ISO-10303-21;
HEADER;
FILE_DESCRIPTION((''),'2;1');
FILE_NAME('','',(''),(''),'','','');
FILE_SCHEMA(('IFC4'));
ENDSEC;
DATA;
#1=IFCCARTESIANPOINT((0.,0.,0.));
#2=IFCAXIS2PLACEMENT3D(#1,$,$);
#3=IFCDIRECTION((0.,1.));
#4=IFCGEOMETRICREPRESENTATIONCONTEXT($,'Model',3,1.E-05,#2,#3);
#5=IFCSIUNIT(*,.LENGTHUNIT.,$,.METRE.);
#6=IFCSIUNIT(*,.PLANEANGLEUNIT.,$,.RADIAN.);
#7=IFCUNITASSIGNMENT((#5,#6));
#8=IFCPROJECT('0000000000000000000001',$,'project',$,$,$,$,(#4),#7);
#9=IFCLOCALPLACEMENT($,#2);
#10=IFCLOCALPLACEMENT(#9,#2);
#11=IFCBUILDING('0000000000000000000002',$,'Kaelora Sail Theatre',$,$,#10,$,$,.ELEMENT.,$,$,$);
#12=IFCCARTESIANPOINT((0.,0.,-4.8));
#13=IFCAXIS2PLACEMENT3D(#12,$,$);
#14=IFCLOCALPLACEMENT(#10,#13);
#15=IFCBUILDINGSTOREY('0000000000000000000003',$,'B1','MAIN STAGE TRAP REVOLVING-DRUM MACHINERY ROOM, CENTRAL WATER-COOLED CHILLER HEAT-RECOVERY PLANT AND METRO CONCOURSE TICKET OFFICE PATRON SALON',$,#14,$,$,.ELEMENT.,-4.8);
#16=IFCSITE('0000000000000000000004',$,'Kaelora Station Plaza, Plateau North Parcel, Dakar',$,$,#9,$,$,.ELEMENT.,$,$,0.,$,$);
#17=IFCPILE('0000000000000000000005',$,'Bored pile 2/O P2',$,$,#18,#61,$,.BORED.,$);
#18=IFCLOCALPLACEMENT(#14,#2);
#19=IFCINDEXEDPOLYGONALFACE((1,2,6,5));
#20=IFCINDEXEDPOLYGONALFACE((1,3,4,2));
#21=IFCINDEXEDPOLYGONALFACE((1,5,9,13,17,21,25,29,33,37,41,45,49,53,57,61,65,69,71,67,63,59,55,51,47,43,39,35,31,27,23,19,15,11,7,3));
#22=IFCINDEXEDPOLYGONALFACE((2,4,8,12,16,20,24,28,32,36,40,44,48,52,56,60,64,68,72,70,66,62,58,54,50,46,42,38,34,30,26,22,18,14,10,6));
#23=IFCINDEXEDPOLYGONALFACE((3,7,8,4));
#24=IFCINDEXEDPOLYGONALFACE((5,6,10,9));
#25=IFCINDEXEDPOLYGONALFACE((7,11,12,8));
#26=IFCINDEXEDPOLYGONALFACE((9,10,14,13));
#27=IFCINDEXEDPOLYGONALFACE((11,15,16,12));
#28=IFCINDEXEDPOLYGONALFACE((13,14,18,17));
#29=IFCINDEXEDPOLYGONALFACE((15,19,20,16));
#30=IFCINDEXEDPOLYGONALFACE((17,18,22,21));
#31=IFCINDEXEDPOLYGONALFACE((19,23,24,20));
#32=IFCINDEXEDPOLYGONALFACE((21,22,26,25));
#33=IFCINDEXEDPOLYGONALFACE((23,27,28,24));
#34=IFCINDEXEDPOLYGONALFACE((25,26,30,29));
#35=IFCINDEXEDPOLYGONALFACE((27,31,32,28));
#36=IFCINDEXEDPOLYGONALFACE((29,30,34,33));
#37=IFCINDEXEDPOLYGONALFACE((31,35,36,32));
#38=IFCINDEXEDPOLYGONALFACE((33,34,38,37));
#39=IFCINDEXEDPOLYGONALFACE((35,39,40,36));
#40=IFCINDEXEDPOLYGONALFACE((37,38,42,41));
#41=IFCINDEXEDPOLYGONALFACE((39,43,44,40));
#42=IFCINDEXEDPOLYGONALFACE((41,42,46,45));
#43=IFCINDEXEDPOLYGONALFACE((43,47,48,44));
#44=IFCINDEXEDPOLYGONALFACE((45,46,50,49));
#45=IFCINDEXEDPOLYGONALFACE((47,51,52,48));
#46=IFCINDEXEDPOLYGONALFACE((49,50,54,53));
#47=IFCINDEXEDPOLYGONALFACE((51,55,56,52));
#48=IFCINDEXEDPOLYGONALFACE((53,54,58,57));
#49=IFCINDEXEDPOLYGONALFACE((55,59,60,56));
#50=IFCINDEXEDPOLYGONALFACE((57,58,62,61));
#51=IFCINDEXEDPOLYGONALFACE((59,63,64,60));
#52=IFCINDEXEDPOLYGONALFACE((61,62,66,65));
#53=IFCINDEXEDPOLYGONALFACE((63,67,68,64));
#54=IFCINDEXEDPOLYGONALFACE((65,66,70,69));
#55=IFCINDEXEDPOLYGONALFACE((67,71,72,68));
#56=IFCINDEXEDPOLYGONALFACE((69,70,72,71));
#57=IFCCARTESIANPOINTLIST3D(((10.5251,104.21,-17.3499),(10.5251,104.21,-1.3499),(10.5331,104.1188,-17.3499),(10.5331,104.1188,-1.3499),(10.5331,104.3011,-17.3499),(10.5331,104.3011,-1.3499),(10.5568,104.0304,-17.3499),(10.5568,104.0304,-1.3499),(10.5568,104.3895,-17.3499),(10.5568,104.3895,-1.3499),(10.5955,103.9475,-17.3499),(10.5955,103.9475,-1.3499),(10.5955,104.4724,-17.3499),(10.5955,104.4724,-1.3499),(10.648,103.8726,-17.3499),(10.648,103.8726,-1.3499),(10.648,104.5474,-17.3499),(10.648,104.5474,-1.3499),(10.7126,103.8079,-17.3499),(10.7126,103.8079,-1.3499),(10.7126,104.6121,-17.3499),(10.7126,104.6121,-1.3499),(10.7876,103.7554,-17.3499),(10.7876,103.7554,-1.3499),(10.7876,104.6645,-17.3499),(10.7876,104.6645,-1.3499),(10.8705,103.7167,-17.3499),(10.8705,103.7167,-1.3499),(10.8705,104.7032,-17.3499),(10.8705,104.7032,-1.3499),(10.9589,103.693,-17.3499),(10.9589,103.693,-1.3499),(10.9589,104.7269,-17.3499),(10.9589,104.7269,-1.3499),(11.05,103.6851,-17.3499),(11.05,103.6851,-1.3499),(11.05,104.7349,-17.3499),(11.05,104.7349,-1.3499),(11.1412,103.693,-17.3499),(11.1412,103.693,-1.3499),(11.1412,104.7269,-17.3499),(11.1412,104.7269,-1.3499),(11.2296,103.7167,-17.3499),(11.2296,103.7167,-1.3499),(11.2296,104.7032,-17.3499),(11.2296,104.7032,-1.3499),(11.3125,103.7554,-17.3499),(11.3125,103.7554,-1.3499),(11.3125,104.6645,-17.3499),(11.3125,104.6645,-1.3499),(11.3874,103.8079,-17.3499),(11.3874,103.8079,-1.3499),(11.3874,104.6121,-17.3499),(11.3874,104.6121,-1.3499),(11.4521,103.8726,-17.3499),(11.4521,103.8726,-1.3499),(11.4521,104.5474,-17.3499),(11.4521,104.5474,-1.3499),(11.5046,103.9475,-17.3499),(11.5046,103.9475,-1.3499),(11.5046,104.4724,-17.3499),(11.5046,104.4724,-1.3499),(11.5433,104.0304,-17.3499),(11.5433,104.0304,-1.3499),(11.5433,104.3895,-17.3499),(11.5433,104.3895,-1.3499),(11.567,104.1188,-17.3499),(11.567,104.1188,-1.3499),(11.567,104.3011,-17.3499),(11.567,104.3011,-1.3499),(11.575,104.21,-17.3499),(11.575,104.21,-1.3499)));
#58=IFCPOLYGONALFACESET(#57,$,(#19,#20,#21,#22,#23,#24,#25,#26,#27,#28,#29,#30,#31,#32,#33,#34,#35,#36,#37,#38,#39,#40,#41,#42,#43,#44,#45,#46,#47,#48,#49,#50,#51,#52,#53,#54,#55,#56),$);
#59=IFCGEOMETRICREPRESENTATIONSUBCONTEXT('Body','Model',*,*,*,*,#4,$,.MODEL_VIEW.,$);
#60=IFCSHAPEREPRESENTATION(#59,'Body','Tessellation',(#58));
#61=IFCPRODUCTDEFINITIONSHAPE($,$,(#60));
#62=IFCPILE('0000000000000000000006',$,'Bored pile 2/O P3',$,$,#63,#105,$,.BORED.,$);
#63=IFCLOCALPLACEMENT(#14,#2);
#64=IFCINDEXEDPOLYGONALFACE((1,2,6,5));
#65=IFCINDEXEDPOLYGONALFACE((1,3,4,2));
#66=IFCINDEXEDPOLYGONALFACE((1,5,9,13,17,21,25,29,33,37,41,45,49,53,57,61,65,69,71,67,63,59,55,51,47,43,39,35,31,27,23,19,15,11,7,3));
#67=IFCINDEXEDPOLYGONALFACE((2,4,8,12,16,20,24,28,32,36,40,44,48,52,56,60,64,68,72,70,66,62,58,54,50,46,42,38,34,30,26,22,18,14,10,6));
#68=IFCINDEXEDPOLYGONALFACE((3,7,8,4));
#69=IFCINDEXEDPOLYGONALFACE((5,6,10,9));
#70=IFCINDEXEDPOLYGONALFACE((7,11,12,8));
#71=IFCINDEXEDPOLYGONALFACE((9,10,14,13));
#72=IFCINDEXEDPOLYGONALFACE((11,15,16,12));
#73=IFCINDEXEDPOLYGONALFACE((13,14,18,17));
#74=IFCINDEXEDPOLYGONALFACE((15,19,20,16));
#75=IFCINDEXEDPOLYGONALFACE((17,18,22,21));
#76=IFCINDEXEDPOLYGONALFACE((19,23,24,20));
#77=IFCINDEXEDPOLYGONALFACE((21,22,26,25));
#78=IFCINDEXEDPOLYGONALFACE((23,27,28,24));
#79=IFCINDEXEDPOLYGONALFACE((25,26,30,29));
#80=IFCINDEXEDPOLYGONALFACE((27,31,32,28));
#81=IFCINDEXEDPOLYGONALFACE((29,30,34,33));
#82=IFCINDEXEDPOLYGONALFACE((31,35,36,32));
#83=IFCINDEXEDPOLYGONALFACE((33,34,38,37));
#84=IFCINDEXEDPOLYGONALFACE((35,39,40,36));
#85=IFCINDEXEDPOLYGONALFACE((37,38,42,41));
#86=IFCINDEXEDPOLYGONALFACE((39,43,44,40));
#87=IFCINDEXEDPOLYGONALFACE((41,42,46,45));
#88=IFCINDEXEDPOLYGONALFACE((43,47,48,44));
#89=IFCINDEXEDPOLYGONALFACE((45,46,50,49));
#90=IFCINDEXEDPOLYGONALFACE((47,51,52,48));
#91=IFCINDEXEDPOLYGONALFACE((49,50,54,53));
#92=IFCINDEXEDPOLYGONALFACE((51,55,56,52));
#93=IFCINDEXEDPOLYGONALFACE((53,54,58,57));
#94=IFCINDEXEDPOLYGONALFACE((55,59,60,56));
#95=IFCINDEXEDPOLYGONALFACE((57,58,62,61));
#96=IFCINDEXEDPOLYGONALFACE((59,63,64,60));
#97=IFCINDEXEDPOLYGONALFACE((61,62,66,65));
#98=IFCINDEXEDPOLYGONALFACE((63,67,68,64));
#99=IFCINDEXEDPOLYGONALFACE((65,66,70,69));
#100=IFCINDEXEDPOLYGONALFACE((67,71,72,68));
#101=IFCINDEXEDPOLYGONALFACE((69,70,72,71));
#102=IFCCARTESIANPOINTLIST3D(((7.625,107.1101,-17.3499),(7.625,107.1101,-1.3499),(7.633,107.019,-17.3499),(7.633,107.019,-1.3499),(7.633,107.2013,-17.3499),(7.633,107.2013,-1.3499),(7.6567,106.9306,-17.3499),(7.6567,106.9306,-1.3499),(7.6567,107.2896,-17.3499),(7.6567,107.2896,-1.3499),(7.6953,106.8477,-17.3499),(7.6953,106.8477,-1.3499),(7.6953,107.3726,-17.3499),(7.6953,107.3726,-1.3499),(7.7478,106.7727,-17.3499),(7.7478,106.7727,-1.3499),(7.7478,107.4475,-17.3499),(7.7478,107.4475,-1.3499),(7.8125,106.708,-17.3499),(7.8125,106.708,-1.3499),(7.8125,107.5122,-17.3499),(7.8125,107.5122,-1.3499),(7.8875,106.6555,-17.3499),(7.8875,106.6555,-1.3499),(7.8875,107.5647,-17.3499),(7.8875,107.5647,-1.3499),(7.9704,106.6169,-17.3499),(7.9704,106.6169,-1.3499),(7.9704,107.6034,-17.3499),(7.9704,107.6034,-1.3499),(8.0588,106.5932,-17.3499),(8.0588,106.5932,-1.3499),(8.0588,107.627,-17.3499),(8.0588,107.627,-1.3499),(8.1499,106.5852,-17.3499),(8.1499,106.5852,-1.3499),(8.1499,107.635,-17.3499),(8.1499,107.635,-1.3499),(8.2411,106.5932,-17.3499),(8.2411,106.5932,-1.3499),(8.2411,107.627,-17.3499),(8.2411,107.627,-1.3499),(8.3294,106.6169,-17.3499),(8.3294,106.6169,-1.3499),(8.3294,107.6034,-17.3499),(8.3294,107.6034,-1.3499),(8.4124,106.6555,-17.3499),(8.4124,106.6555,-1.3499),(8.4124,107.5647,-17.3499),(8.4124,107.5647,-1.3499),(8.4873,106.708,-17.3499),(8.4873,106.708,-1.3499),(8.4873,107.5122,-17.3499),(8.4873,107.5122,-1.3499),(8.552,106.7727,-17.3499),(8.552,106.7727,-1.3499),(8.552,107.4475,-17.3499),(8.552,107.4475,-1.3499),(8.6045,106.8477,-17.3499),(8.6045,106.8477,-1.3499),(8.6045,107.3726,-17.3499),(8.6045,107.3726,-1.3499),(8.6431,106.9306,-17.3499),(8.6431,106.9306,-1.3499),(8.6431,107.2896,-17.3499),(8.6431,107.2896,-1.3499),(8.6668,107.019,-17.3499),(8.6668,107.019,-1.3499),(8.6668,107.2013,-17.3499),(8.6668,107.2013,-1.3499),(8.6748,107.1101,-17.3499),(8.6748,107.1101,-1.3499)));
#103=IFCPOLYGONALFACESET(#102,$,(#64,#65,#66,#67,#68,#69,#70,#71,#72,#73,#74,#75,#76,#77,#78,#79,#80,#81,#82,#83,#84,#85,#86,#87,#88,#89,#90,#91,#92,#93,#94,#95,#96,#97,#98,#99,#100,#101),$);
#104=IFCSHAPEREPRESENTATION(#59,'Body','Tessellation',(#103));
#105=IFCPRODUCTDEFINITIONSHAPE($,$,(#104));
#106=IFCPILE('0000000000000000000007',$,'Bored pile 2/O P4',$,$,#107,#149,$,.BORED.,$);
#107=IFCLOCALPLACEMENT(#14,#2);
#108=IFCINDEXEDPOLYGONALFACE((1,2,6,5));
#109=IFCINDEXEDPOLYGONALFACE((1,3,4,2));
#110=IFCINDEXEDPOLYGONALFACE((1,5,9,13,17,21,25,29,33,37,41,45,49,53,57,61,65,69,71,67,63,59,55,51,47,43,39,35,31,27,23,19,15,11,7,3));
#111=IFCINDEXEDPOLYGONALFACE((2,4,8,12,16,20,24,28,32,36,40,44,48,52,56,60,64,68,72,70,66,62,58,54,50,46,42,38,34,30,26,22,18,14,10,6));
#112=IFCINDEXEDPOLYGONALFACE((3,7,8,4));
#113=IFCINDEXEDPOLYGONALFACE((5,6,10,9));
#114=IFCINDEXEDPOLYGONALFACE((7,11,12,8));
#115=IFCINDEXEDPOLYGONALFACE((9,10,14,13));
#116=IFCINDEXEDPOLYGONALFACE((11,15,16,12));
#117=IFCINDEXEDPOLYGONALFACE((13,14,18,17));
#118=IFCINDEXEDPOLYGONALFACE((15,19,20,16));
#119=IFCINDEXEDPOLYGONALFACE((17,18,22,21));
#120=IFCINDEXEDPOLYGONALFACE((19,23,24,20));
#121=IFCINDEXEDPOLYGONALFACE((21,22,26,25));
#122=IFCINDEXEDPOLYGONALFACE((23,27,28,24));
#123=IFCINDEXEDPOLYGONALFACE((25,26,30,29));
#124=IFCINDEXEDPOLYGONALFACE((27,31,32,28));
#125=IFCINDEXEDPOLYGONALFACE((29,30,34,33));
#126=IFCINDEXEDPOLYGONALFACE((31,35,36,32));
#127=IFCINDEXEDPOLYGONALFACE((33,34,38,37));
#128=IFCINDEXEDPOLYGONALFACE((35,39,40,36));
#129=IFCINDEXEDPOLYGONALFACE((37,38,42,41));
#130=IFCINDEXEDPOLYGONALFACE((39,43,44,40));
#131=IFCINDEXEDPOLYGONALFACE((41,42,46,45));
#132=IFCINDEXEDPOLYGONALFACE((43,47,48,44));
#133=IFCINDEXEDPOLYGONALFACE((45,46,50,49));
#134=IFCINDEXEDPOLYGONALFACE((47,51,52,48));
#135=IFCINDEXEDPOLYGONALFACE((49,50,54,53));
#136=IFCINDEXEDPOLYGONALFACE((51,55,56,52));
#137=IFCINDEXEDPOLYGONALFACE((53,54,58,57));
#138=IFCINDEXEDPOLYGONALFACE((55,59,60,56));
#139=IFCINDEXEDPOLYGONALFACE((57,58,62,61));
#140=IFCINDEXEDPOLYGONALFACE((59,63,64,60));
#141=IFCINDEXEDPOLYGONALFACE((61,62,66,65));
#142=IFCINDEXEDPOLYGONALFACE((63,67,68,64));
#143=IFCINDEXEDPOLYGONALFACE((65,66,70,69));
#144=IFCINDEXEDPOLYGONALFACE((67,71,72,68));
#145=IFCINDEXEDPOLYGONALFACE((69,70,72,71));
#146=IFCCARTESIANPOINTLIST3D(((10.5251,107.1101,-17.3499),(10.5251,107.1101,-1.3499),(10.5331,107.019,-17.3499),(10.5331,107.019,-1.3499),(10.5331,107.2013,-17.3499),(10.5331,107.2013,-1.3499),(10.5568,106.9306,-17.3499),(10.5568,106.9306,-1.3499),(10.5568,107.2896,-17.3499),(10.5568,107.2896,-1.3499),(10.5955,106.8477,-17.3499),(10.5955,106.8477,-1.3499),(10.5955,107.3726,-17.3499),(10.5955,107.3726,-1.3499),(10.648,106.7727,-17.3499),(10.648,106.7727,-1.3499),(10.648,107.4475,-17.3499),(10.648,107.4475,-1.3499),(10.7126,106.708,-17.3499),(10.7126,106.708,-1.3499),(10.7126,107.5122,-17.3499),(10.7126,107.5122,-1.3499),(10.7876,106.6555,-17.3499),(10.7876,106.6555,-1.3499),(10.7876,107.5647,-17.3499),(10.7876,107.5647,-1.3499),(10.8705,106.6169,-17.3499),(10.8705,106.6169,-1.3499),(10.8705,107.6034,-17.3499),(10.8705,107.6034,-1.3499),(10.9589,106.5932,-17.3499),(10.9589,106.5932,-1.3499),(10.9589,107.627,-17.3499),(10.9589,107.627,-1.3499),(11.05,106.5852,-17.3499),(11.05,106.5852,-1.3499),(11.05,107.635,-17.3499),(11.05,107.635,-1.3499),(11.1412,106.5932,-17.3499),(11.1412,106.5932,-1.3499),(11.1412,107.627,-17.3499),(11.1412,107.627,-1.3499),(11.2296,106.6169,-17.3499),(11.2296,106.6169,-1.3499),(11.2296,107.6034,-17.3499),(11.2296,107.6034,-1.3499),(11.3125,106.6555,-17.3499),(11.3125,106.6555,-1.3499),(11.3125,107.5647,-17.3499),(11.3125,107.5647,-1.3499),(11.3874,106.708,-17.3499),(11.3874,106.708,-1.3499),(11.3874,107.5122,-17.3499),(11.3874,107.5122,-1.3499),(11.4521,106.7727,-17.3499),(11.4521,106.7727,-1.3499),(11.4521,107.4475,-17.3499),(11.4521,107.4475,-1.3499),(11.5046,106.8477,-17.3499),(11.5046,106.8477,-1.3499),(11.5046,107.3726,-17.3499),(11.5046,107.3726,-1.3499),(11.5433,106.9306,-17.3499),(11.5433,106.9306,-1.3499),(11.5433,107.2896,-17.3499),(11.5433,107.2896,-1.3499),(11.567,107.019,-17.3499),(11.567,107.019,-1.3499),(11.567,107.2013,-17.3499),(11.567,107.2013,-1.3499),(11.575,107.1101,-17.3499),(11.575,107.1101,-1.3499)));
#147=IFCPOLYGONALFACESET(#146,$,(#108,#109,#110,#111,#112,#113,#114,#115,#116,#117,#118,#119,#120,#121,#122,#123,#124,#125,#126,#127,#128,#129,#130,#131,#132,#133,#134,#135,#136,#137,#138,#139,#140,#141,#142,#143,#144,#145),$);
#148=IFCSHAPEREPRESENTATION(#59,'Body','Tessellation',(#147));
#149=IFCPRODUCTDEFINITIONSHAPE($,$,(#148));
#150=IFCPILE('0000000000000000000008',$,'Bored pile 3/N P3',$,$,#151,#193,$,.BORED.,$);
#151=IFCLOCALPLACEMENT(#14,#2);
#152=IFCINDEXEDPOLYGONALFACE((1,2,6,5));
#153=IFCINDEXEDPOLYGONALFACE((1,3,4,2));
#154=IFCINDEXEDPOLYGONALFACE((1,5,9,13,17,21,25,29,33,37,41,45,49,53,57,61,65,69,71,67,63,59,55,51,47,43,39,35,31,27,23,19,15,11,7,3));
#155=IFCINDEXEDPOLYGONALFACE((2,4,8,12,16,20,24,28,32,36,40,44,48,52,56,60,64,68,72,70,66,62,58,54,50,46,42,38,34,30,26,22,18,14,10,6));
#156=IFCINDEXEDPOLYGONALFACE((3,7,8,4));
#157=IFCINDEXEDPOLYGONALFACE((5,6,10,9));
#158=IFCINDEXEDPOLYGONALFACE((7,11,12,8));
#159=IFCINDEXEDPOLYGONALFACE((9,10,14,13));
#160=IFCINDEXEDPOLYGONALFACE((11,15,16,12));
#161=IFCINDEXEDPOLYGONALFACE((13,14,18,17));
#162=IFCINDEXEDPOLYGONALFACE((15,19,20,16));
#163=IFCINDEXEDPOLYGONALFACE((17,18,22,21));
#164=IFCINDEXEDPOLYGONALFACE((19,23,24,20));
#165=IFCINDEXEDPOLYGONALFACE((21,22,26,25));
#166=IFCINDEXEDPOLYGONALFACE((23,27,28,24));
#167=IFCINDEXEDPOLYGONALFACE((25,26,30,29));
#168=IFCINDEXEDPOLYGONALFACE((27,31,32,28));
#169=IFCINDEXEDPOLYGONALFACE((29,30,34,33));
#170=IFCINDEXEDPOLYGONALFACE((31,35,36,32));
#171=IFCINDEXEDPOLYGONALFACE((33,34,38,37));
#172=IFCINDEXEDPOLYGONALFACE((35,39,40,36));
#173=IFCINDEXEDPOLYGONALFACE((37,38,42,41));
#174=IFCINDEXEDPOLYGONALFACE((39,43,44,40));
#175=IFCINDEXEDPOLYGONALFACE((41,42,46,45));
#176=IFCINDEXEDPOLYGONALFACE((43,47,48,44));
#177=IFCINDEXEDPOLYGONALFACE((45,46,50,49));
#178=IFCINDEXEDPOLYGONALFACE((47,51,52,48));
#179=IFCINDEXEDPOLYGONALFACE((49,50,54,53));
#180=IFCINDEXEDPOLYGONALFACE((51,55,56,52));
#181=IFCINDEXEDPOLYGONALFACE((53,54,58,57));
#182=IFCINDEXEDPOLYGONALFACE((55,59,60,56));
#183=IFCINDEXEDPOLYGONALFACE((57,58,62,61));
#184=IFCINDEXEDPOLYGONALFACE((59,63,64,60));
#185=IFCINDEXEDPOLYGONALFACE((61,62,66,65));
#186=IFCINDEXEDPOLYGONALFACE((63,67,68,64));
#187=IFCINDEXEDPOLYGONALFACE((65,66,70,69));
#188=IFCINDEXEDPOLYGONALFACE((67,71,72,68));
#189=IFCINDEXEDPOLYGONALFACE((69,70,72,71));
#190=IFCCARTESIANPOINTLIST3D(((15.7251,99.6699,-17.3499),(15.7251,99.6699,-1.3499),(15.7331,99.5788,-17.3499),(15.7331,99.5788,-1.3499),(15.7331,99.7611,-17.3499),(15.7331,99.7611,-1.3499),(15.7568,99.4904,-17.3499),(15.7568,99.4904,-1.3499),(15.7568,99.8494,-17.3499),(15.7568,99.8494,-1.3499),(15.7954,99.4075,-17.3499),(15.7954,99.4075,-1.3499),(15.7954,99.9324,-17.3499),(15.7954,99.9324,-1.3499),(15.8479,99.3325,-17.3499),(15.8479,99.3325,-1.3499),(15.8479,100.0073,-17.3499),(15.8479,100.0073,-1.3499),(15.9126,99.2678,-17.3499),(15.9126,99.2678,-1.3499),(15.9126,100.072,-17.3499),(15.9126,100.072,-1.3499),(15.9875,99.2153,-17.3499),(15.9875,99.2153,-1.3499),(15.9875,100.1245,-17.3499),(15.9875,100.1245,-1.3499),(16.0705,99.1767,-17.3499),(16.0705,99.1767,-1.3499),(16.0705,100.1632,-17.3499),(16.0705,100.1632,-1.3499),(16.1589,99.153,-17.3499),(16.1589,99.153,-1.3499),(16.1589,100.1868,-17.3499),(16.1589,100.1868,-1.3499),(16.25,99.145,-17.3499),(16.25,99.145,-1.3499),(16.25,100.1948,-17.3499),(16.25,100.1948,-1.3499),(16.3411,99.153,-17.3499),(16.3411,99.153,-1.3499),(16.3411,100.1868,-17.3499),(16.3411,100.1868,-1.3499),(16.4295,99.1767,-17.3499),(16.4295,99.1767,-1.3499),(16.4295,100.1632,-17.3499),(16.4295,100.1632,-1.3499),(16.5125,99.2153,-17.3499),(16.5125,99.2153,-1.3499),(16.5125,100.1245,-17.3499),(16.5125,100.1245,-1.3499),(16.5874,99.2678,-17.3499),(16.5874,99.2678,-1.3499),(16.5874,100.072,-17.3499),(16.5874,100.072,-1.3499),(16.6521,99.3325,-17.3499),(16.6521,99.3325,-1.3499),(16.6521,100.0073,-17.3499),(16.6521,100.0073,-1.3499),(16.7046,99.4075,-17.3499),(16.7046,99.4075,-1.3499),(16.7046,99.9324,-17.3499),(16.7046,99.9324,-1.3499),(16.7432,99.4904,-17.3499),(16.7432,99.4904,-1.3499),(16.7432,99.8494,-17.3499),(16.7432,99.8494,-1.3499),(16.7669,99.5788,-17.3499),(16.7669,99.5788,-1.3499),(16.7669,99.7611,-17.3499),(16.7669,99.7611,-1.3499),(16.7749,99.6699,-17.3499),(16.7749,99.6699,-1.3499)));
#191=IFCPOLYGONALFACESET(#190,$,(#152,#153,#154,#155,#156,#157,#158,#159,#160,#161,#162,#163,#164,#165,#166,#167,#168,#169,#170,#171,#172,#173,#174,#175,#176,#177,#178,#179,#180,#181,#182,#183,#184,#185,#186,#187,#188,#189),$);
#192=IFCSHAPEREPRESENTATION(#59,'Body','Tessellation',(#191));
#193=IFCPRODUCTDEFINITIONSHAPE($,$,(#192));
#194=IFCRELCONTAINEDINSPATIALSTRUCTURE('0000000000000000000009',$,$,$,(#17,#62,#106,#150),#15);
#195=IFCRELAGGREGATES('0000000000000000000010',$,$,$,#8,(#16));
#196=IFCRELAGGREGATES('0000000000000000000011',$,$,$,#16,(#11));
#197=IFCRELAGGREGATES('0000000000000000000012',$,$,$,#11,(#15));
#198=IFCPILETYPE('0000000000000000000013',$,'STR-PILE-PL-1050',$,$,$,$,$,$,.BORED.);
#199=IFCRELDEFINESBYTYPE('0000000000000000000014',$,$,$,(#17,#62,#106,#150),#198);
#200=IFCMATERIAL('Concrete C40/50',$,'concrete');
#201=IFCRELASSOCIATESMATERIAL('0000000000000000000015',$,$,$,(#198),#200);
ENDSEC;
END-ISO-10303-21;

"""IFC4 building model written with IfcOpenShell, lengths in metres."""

from ifc_helpers import new_model, si_unit, direction, frame, origin, origin_2d, place, context, subcontext, project, spatial, circle, extrude, material, material_profile, profile_set, type_object, element, save


model = new_model("IFC4")

# Units and contexts
model_context = context("Model", 3, precision=1e-05, world=origin(), true_north=direction((0.0, 1.0)))
body_context = subcontext(model_context, "Body", "Model", "MODEL_VIEW")
ifc_project = project(units=[si_unit("LENGTHUNIT", "METRE"), si_unit("PLANEANGLEUNIT", "RADIAN")], contexts=[model_context])

# Site, building, storey
site_placement = place(None, origin())
site = spatial("IfcSite", under=ifc_project, at=site_placement, Name="Kaelora Station Plaza, Plateau North Parcel, Dakar", CompositionType="ELEMENT", RefElevation=0.0)
building_placement = place(site_placement, origin())
building = spatial("IfcBuilding", under=site, at=building_placement, Name="Kaelora Sail Theatre", CompositionType="ELEMENT")
storey_placement = place(building_placement, frame((0.0, 0.0, -4.8)))
storey = spatial("IfcBuildingStorey", under=building, at=storey_placement, Name="B1", Description="MAIN STAGE TRAP REVOLVING-DRUM MACHINERY ROOM, CENTRAL WATER-COOLED CHILLER HEAT-RECOVERY PLANT AND METRO CONCOURSE TICKET OFFICE PATRON SALON", CompositionType="ELEMENT", Elevation=-4.8)

# Piles
ifc_material_1 = material(Name="Concrete C40/50", Category="concrete")
ifc_material_profile_1 = material_profile(ifc_material_1, circle(Radius=0.5249, at=origin_2d()), Name="PILE D1050")
ifc_profile_set_1 = profile_set([ifc_material_profile_1], Name="Concrete C40/50")
pile_type_1 = type_object("IfcPileType", Name="STR-PILE-PL-1050", PredefinedType="BORED", material=ifc_profile_set_1)
for number, where, z_axis, x_axis, name in (
    (1, (11.05, 104.21, -1.3499), (0.0, 0.0, -1.0), (1.0, 0.0, 0.0), "Bored pile 2/O P2"),
    (2, (8.1499, 107.1101, -1.3499), (0.0, 0.0, -1.0), (1.0, 0.0, 0.0), "Bored pile 2/O P3"),
    (3, (11.05, 107.1101, -1.3499), (0.0, 0.0, -1.0), (1.0, 0.0, 0.0), "Bored pile 2/O P4"),
    (4, (16.25, 99.6699, -1.3499), (0.0, 0.0, -1.0), (1.0, 0.0, 0.0), "Bored pile 3/N P3"),
):
    element("IfcPile", number, at=place(storey_placement, frame(where, z_axis=z_axis, x_axis=x_axis)), inside=storey, type_object=pile_type_1, Name=name, PredefinedType="BORED", context=body_context, shape_type="SweptSolid", body=[
        extrude(circle(Radius=0.5249, at=origin_2d()), origin(), (0.0, 0.0, 1.0), 16.0),
    ])

save(model, "model.ifc")
